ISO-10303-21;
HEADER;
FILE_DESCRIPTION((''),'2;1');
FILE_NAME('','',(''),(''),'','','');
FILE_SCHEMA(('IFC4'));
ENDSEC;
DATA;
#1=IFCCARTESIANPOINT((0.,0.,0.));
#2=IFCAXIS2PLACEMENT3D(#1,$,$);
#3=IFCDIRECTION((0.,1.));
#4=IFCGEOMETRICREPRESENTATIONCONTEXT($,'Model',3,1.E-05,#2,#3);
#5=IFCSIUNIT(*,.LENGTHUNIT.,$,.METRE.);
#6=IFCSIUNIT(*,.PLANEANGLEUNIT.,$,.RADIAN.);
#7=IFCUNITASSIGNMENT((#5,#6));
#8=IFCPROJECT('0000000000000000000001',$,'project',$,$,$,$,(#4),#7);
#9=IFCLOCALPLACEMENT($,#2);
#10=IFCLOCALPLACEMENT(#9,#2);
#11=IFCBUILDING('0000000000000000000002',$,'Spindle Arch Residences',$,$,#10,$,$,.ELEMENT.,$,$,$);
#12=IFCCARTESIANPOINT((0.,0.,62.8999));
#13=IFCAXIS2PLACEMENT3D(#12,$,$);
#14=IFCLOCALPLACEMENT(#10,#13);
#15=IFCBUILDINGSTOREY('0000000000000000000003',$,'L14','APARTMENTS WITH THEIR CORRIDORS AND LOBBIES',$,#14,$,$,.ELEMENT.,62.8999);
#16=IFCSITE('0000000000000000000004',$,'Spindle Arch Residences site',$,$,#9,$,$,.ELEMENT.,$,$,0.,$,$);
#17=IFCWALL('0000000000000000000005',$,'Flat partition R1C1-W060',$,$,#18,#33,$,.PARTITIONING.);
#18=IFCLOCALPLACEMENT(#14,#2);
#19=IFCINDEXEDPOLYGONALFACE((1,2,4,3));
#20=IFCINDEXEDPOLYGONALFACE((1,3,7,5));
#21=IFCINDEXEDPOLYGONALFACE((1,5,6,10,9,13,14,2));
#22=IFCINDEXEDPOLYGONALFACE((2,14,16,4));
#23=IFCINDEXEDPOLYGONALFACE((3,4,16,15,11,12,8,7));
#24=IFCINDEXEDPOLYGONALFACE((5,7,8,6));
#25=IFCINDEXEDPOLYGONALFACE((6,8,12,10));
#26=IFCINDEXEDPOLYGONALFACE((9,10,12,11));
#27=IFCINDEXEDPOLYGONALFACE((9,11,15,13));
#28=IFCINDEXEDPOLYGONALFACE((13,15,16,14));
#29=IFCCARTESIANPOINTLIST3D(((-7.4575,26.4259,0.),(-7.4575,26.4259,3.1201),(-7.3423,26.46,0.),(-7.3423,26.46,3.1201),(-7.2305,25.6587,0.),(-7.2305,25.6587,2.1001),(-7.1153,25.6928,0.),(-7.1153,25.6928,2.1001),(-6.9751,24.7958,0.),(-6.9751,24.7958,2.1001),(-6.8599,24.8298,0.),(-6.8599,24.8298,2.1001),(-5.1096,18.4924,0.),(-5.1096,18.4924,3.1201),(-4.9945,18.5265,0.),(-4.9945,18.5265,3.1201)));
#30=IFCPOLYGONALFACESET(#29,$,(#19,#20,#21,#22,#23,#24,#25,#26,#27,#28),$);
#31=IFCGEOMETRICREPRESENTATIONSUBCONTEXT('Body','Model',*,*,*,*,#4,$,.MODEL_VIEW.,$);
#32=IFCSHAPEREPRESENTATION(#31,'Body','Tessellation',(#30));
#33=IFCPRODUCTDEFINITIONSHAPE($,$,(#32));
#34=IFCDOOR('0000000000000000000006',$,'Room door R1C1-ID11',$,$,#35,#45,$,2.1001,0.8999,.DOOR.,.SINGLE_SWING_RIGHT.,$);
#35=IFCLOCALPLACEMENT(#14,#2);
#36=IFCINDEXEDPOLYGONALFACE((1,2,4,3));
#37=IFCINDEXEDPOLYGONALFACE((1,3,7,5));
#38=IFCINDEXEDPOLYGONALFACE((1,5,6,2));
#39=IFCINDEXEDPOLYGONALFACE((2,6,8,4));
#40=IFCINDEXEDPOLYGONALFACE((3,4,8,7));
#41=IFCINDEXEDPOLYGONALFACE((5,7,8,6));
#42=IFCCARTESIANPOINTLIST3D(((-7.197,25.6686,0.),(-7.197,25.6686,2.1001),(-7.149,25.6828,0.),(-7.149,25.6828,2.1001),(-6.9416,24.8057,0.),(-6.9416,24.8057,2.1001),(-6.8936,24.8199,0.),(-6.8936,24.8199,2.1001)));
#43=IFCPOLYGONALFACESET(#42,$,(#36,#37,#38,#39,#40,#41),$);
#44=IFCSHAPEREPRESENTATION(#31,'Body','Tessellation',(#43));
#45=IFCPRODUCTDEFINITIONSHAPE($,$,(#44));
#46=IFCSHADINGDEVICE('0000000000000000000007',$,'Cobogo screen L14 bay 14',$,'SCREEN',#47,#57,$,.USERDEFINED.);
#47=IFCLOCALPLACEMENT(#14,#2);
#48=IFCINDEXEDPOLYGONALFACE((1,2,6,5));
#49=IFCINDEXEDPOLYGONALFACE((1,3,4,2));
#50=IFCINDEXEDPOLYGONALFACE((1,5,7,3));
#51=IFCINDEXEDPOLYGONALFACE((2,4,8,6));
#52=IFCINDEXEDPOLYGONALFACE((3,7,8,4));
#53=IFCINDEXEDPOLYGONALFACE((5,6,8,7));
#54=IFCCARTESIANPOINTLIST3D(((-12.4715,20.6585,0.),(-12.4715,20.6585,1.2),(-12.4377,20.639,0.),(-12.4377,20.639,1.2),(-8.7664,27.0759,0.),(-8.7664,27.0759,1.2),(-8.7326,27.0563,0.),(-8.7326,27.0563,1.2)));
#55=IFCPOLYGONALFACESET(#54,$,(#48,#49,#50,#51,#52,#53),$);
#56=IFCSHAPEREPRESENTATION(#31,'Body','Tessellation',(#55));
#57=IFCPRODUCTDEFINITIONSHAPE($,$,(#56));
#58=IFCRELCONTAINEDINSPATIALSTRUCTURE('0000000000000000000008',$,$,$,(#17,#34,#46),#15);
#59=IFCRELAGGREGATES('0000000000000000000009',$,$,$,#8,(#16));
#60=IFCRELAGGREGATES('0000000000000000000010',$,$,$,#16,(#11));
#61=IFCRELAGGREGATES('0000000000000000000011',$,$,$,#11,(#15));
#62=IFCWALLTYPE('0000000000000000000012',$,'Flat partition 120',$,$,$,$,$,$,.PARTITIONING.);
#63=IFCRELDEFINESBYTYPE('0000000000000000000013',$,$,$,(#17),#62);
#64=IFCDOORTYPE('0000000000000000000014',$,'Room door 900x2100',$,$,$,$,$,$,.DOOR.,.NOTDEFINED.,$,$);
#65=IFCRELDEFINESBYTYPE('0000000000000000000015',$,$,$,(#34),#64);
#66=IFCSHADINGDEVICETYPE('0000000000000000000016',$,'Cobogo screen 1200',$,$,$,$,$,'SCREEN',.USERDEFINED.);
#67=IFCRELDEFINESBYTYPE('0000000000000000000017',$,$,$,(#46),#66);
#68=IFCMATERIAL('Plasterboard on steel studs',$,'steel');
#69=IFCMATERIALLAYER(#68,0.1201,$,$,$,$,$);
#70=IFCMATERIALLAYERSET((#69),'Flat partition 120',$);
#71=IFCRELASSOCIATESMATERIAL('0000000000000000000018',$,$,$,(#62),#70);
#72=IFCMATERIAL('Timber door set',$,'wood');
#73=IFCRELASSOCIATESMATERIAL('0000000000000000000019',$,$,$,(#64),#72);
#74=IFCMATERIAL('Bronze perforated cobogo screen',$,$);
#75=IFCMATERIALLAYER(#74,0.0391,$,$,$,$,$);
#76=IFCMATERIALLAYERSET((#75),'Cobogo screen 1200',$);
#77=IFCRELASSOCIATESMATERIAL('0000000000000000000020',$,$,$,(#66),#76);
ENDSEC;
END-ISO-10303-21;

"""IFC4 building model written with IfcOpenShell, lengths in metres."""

from ifc_helpers import new_model, si_unit, direction, frame, frame_2d, origin, origin_2d, place, context, subcontext, project, spatial, rectangle, extrude, material, layer, layer_set, type_object, element, fill, save


model = new_model("IFC4")

# Units and contexts
model_context = context("Model", 3, precision=1e-05, world=origin(), true_north=direction((0.0, 1.0)))
body_context = subcontext(model_context, "Body", "Model", "MODEL_VIEW")
ifc_project = project(units=[si_unit("LENGTHUNIT", "METRE"), si_unit("PLANEANGLEUNIT", "RADIAN")], contexts=[model_context])

# Site, building, storey
site_placement = place(None, origin())
site = spatial("IfcSite", under=ifc_project, at=site_placement, Name="Spindle Arch Residences site", CompositionType="ELEMENT", RefElevation=0.0)
building_placement = place(site_placement, origin())
building = spatial("IfcBuilding", under=site, at=building_placement, Name="Spindle Arch Residences", CompositionType="ELEMENT")
storey_placement = place(building_placement, frame((0.0, 0.0, 62.8999)))
storey = spatial("IfcBuildingStorey", under=building, at=storey_placement, Name="L14", Description="APARTMENTS WITH THEIR CORRIDORS AND LOBBIES", CompositionType="ELEMENT", Elevation=62.8999)

# Shared definitions
ifc_material_1 = material(Name="Plasterboard on steel studs", Category="steel")
ifc_layer_1 = layer(ifc_material_1, 0.1201)
ifc_layer_set_1 = layer_set([ifc_layer_1], Name="Flat partition 120")
wall_type_1 = type_object("IfcWallType", Name="Flat partition 120", PredefinedType="PARTITIONING", material=ifc_layer_set_1)
ifc_material_2 = material(Name="Timber door set", Category="wood")
door_type_1 = type_object("IfcDoorType", Name="Room door 900x2100", OperationType="NOTDEFINED", PredefinedType="DOOR", material=ifc_material_2)

# Wall, opening, door
wall_1_placement = place(storey_placement, frame((-7.3999, 26.4429, 0.0), z_axis=(0.0, 0.0, 1.0), x_axis=(0.283778, -0.95889, 0.0)))
wall_1 = element("IfcWall", 1, at=wall_1_placement, inside=storey, type_object=wall_type_1, Name="Flat partition R1C1-W060", PredefinedType="PARTITIONING", context=body_context, shape_type="SweptSolid", body=[
    extrude(rectangle(XDim=8.2737, YDim=0.1201, at=frame_2d((4.1367, 0.0))), origin(), (0.0, 0.0, 1.0), 3.1201),
])
opening_1_placement = place(wall_1_placement, frame((0.8, 0.0, 0.0)))
opening_1 = element("IfcOpeningElement", 2, at=opening_1_placement, cuts=wall_1, PredefinedType="OPENING", context=body_context, shape_type="SweptSolid", body=[
    extrude(rectangle(XDim=0.8999, YDim=2.1001, at=frame_2d((0.45, 1.05))), frame((0.0, 0.0701, 0.0), z_axis=(0.0, -1.0, 0.0), x_axis=(1.0, 0.0, 0.0)), (0.0, 0.0, 1.0), 0.1401),
])
door_1_placement = place(opening_1_placement, origin())
door_1 = element("IfcDoor", 3, at=door_1_placement, inside=storey, type_object=door_type_1, Name="Room door R1C1-ID11", OperationType="SINGLE_SWING_RIGHT", OverallHeight=2.1001, OverallWidth=0.8999, PredefinedType="DOOR", context=body_context, shape_type="SweptSolid", body=[
    extrude(rectangle(XDim=0.8999, YDim=2.1001, at=frame_2d((0.45, 1.05))), frame((0.0, 0.0249, 0.0), z_axis=(0.0, -1.0, 0.0), x_axis=(1.0, 0.0, 0.0)), (0.0, 0.0, 1.0), 0.05),
])
fill(opening_1, door_1)

# Shading device
ifc_material_3 = material(Name="Bronze perforated cobogo screen")
ifc_layer_2 = layer(ifc_material_3, 0.0391)
ifc_layer_set_2 = layer_set([ifc_layer_2], Name="Cobogo screen 1200")
shading_device_type = type_object("IfcShadingDeviceType", Name="Cobogo screen 1200", ElementType="SCREEN", PredefinedType="USERDEFINED", material=ifc_layer_set_2)
shading_device_placement = place(storey_placement, frame((-10.6021, 23.8574, 0.0), z_axis=(0.0, 0.0, 1.0), x_axis=(-0.5, -0.866025, 0.0)))
element("IfcShadingDevice", 4, at=shading_device_placement, inside=storey, type_object=shading_device_type, Name="Cobogo screen L14 bay 14", ObjectType="SCREEN", PredefinedType="USERDEFINED", context=body_context, shape_type="SweptSolid", body=[
    extrude(rectangle(XDim=7.4102, YDim=0.0391, at=origin_2d()), origin(), (0.0, 0.0, 1.0), 1.2),
])

save(model, "model.ifc")
